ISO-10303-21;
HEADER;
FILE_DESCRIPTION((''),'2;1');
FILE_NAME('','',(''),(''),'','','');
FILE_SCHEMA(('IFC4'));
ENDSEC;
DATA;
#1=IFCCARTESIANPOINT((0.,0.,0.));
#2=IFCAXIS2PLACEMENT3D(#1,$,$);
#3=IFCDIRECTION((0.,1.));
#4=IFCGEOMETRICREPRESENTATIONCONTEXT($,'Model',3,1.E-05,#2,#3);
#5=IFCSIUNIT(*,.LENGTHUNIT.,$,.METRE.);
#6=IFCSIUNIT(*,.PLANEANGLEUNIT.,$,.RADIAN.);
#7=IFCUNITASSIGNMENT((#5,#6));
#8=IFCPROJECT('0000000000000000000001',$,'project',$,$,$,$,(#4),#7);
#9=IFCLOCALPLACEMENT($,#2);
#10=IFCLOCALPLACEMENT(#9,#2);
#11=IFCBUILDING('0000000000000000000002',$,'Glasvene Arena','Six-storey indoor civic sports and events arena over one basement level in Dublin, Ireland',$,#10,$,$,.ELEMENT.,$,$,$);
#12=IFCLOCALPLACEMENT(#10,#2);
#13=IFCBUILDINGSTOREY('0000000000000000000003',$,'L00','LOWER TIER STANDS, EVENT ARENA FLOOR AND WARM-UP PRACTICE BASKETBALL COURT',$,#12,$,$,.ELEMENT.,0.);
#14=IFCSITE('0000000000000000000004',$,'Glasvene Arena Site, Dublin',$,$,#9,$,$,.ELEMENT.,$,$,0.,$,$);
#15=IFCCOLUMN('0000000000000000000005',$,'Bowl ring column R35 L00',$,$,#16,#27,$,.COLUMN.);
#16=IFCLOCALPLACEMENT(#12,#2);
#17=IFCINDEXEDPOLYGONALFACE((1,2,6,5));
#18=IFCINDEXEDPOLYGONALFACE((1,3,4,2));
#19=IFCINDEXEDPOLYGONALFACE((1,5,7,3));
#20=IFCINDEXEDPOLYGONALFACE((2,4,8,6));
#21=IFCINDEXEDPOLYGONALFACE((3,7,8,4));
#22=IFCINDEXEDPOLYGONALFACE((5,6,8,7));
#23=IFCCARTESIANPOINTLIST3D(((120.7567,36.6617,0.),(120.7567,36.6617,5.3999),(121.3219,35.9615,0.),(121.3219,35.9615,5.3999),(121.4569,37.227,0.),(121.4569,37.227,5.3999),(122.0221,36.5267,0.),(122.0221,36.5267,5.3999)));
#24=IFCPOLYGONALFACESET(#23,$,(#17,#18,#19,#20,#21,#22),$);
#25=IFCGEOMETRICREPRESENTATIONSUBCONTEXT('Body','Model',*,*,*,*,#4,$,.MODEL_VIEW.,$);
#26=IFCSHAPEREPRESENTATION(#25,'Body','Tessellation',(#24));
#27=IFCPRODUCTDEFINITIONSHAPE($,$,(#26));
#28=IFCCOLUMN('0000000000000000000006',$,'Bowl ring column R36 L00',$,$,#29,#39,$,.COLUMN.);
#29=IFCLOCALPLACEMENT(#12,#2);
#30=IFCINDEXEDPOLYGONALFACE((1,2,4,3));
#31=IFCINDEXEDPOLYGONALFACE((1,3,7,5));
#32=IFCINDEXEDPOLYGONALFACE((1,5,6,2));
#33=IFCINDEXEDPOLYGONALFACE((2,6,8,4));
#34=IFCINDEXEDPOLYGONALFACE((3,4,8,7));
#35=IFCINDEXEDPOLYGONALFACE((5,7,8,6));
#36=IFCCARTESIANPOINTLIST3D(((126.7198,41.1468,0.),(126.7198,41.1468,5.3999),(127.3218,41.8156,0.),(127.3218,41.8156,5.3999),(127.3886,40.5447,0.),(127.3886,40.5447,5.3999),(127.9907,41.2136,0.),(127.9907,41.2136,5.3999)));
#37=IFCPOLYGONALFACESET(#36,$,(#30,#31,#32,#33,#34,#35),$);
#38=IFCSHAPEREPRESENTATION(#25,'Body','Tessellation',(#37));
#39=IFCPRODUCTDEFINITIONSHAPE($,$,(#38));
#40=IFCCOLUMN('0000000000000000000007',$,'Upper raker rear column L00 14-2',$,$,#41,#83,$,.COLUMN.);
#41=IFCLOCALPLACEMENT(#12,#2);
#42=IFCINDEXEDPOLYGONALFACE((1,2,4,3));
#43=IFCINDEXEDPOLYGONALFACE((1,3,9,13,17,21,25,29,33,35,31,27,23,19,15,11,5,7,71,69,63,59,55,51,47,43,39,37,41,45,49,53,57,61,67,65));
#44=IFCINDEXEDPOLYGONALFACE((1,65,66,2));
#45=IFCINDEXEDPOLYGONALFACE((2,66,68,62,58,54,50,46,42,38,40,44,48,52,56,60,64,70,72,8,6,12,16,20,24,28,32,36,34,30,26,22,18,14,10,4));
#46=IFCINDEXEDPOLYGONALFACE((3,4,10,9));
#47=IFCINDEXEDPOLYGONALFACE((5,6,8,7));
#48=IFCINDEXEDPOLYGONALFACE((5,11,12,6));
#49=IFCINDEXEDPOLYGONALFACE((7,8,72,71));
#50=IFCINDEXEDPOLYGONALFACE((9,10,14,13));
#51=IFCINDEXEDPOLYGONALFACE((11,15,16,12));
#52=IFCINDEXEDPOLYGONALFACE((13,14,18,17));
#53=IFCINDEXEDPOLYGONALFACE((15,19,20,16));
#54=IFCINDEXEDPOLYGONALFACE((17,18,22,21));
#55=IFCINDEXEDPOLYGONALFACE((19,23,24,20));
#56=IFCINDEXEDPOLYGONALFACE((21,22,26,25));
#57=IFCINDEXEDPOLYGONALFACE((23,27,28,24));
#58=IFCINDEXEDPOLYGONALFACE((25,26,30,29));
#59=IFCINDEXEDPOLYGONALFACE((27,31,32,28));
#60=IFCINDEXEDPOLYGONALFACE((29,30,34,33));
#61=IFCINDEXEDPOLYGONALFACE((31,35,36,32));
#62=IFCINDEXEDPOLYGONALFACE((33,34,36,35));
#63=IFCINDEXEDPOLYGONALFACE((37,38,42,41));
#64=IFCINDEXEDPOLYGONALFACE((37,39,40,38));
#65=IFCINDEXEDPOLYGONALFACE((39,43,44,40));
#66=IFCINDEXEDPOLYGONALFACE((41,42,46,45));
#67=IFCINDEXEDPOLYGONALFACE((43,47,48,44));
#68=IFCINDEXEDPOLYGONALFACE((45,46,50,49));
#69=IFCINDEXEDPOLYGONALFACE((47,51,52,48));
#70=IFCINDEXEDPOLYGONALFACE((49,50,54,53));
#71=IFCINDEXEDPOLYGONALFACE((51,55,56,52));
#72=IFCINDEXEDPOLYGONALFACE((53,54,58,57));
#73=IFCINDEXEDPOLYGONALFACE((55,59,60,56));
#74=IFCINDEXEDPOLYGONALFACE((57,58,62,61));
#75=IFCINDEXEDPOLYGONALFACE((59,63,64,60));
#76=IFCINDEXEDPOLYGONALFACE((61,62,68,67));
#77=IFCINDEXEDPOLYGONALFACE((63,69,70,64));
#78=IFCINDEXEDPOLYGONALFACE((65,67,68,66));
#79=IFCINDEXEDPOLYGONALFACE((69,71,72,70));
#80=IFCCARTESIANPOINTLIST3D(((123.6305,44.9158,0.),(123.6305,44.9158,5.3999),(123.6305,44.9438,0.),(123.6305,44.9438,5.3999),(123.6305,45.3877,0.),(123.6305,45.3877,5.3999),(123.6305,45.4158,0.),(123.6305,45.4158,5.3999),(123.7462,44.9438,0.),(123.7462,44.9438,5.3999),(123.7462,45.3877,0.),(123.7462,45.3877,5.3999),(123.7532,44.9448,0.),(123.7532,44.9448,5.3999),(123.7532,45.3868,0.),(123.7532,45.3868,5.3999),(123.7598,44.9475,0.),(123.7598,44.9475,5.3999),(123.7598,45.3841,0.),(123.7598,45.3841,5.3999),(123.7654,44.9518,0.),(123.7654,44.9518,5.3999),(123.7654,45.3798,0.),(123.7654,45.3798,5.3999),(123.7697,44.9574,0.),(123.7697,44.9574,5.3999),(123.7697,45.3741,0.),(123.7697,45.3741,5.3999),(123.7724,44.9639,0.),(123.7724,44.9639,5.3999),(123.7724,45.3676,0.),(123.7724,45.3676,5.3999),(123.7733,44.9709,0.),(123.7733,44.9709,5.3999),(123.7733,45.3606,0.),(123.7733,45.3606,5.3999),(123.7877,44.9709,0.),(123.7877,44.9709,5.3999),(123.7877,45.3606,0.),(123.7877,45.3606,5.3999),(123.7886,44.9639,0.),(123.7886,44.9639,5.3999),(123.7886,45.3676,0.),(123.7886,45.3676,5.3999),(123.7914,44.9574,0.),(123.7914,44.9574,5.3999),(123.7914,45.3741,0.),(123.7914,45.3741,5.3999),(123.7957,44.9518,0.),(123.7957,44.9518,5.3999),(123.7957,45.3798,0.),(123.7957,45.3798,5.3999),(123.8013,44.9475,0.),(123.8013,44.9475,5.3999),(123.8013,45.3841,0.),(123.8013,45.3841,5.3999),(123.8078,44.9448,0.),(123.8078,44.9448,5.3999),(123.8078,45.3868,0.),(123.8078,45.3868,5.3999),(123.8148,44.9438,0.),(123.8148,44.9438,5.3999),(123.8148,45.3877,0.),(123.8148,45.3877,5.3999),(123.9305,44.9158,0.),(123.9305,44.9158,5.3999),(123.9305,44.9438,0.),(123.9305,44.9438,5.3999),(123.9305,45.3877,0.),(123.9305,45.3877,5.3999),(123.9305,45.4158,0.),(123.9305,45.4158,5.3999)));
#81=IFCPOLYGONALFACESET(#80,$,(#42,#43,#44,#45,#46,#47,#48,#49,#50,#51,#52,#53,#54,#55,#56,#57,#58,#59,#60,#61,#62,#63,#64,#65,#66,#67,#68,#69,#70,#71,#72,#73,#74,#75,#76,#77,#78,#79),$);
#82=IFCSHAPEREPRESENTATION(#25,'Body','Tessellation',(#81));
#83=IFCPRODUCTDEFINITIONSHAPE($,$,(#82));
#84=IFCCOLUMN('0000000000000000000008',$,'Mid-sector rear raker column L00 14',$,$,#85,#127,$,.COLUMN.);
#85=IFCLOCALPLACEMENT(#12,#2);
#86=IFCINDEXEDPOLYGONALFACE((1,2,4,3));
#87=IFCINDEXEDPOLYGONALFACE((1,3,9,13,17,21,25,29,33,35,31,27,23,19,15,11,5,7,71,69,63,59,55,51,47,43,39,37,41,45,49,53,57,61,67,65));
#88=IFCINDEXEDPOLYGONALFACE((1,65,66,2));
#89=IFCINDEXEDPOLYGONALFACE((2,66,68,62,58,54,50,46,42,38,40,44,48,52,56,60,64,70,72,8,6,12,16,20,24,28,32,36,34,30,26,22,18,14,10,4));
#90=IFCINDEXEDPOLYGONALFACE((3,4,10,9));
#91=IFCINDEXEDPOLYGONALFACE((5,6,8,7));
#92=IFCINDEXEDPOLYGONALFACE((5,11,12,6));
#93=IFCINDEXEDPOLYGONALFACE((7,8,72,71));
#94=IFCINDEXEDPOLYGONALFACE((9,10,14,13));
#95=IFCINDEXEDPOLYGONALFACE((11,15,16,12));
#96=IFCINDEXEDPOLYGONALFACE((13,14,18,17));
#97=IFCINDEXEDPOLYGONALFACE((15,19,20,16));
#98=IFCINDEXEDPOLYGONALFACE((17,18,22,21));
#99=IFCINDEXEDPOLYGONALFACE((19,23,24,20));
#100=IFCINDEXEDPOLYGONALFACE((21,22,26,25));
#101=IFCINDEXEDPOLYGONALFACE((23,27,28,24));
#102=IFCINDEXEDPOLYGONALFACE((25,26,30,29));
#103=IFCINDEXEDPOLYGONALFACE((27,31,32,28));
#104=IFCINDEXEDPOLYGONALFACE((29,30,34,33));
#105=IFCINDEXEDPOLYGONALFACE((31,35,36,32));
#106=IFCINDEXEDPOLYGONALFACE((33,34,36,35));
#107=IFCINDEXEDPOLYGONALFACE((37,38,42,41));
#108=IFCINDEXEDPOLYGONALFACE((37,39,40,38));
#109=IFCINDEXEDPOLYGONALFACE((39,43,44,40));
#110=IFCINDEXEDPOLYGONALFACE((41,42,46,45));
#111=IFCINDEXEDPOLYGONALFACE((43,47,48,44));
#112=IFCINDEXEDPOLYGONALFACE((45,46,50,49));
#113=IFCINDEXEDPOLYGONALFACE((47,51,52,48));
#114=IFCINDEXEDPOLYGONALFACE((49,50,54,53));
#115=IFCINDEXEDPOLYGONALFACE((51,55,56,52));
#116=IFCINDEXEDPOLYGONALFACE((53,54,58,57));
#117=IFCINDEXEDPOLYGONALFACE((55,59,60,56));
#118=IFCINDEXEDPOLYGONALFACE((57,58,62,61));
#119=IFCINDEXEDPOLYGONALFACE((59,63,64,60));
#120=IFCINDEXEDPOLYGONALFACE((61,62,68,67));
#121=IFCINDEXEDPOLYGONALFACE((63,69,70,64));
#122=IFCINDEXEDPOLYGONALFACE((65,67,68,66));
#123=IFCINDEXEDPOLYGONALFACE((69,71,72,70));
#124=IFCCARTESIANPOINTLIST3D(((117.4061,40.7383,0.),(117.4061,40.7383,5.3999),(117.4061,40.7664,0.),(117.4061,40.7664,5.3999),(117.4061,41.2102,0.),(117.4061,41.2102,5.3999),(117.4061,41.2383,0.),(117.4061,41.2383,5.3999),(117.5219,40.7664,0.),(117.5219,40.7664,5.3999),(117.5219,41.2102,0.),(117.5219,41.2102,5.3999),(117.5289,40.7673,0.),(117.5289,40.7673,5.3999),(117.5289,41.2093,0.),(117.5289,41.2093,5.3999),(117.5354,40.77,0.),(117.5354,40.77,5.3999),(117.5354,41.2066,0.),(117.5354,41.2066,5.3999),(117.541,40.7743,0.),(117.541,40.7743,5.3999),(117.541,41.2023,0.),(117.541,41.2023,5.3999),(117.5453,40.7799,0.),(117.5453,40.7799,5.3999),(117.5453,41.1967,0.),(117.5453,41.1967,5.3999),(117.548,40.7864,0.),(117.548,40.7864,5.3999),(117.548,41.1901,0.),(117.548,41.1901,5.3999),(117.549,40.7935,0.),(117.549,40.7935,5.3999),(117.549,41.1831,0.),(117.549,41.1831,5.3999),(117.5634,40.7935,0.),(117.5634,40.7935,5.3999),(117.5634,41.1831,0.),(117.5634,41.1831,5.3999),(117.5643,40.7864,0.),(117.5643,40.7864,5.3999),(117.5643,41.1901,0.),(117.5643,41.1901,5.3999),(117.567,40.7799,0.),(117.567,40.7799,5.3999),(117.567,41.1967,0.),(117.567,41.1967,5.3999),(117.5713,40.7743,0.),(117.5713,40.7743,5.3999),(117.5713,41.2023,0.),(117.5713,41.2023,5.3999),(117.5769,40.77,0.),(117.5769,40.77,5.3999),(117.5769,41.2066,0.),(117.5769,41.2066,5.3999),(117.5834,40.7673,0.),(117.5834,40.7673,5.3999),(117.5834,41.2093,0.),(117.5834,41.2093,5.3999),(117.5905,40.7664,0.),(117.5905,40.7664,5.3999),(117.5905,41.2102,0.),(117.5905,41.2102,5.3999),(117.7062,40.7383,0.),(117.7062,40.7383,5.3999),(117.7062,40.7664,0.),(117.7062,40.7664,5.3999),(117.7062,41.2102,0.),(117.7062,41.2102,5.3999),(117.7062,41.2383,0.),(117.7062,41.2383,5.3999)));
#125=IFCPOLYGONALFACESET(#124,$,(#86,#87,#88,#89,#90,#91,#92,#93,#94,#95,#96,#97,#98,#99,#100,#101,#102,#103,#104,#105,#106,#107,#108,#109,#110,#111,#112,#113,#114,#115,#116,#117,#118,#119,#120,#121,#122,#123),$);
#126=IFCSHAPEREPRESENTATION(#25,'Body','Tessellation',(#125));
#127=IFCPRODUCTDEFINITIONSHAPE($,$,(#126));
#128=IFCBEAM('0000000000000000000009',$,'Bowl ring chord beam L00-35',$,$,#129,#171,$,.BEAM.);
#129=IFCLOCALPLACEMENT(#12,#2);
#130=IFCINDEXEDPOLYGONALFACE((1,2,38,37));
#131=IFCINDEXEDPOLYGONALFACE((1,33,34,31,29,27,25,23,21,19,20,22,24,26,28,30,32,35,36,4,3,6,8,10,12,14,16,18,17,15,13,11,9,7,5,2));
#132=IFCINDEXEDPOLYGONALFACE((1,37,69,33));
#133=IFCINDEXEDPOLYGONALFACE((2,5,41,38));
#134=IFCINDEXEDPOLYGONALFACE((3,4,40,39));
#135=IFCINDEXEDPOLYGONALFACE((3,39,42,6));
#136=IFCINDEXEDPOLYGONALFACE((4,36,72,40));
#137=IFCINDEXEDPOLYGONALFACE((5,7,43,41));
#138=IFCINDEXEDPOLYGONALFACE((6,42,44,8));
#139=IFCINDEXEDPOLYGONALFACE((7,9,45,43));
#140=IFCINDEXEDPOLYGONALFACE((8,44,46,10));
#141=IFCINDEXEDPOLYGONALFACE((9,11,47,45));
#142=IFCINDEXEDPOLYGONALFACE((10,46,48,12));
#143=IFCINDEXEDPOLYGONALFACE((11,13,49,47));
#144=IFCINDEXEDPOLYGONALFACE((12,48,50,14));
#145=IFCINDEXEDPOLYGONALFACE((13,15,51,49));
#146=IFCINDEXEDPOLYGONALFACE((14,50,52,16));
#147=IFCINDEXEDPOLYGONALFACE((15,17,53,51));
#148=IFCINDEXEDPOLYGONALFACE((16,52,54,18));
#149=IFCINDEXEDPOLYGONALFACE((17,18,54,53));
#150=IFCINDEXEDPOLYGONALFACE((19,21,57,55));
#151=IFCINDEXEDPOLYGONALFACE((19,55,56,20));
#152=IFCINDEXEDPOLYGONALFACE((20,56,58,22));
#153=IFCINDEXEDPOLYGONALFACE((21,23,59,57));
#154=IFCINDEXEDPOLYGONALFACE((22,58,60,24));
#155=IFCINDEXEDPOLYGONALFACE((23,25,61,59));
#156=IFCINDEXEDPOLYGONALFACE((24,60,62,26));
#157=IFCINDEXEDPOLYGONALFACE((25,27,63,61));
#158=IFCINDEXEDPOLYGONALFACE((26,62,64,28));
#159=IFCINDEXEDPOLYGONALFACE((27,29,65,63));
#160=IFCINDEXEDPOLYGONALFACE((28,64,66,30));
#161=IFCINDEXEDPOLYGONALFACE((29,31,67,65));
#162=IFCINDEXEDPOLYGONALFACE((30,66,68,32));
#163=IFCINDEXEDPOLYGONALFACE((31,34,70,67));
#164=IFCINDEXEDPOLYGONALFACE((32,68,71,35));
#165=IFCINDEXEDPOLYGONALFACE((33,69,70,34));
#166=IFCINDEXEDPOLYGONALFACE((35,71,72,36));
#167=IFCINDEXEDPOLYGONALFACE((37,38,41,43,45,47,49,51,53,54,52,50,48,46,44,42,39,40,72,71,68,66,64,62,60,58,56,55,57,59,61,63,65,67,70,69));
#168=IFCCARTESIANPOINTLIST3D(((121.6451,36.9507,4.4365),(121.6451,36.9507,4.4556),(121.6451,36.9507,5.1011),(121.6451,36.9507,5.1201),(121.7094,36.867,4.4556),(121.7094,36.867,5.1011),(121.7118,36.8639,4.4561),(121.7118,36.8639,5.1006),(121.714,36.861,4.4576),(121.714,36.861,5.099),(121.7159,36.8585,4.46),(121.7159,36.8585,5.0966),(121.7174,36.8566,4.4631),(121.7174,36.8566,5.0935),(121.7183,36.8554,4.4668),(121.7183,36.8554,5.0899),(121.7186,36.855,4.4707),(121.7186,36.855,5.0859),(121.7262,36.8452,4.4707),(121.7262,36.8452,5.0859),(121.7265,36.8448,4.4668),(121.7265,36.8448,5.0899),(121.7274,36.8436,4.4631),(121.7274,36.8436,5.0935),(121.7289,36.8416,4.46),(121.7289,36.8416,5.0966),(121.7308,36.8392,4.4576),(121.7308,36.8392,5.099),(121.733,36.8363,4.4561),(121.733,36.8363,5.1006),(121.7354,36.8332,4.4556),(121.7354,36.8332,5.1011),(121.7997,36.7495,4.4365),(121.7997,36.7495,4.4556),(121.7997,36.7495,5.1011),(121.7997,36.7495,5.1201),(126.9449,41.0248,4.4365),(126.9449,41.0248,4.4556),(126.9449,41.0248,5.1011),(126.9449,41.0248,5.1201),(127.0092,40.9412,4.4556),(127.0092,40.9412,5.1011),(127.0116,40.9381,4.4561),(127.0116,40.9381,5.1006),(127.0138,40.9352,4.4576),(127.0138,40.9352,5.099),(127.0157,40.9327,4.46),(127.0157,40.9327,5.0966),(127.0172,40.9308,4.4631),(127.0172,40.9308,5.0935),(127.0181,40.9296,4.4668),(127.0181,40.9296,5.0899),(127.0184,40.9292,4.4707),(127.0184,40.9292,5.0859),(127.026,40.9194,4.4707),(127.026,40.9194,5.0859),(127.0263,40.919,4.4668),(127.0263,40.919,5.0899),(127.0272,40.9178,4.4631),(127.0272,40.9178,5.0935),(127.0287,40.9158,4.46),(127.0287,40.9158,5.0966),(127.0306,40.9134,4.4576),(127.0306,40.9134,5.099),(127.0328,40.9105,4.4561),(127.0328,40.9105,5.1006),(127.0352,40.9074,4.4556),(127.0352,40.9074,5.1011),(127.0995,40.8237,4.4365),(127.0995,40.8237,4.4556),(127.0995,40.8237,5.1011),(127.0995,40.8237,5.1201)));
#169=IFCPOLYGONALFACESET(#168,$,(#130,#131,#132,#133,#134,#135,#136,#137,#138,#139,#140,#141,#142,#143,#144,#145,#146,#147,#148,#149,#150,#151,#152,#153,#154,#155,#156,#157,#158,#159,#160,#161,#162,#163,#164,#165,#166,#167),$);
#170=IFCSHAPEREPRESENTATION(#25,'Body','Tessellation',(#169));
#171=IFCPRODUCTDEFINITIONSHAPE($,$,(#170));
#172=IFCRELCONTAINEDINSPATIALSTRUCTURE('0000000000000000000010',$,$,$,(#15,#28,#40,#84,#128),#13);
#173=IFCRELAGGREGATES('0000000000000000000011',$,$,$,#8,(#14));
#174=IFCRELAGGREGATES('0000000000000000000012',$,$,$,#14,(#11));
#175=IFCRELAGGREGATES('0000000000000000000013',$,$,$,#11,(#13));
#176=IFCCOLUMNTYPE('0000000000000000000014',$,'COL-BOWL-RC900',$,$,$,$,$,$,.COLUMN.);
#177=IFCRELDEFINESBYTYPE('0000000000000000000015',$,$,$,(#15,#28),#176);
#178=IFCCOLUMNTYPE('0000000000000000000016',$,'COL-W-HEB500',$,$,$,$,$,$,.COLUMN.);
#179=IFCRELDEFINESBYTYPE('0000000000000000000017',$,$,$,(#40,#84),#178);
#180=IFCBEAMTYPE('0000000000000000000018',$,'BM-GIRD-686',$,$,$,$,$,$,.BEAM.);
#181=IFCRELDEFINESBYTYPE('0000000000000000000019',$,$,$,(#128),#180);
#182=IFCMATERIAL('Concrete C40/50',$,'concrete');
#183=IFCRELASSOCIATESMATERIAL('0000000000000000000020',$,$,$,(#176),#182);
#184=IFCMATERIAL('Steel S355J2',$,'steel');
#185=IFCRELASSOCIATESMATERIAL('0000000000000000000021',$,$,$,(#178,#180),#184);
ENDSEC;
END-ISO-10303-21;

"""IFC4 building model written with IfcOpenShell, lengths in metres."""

from ifc_helpers import new_model, si_unit, direction, frame, origin, origin_2d, place, context, subcontext, project, spatial, rectangle, i_section, extrude, material, material_profile, profile_set, type_object, element, save


model = new_model("IFC4")

# Units and contexts
model_context = context("Model", 3, precision=1e-05, world=origin(), true_north=direction((0.0, 1.0)))
body_context = subcontext(model_context, "Body", "Model", "MODEL_VIEW")
ifc_project = project(units=[si_unit("LENGTHUNIT", "METRE"), si_unit("PLANEANGLEUNIT", "RADIAN")], contexts=[model_context])

# Site, building, storey
site_placement = place(None, origin())
site = spatial("IfcSite", under=ifc_project, at=site_placement, Name="Glasvene Arena Site, Dublin", CompositionType="ELEMENT", RefElevation=0.0)
building_placement = place(site_placement, origin())
building = spatial("IfcBuilding", under=site, at=building_placement, Name="Glasvene Arena", Description="Six-storey indoor civic sports and events arena over one basement level in Dublin, Ireland", CompositionType="ELEMENT")
storey_placement = place(building_placement, origin())
storey = spatial("IfcBuildingStorey", under=building, at=storey_placement, Name="L00", Description="LOWER TIER STANDS, EVENT ARENA FLOOR AND WARM-UP PRACTICE BASKETBALL COURT", CompositionType="ELEMENT", Elevation=0.0)

# Columns
ifc_material_1 = material(Name="Concrete C40/50", Category="concrete")
ifc_material_profile_1 = material_profile(ifc_material_1, rectangle(XDim=0.8999, YDim=0.8999, at=origin_2d()), Name="RC 900x900")
ifc_profile_set_1 = profile_set([ifc_material_profile_1], Name="Concrete C40/50")
column_type_1 = type_object("IfcColumnType", Name="COL-BOWL-RC900", PredefinedType="COLUMN", material=ifc_profile_set_1)
for number, where, z_axis, x_axis, name in (
    (1, (121.3894, 36.5942, 0.0), (0.0, 0.0, 1.0), (0.628099, -0.778134, 0.0), "Bowl ring column R35 L00"),
    (2, (127.3552, 41.1802, 0.0), (0.0, 0.0, 1.0), (0.743262, -0.669001, 0.0), "Bowl ring column R36 L00"),
):
    element("IfcColumn", number, at=place(storey_placement, frame(where, z_axis=z_axis, x_axis=x_axis)), inside=storey, type_object=column_type_1, Name=name, PredefinedType="COLUMN", context=body_context, shape_type="SweptSolid", body=[
        extrude(rectangle(XDim=0.8999, YDim=0.8999, at=origin_2d()), origin(), (0.0, 0.0, 1.0), 5.3999),
    ])
ifc_material_2 = material(Name="Steel S355J2", Category="steel")
ifc_material_profile_2 = material_profile(ifc_material_2, i_section(OverallWidth=0.3, OverallDepth=0.5, WebThickness=0.0144, FlangeThickness=0.0281, FilletRadius=0.0271, at=origin_2d()), Name="HEB 500")
ifc_profile_set_2 = profile_set([ifc_material_profile_2], Name="Steel S355J2")
column_type_2 = type_object("IfcColumnType", Name="COL-W-HEB500", PredefinedType="COLUMN", material=ifc_profile_set_2)
for number, where, z_axis, x_axis, name in (
    (3, (123.7805, 45.1658, 0.0), (0.0, 0.0, 1.0), (1.0, 0.0, 0.0), "Upper raker rear column L00 14-2"),
    (4, (117.5562, 40.9883, 0.0), (0.0, 0.0, 1.0), (1.0, 0.0, 0.0), "Mid-sector rear raker column L00 14"),
):
    element("IfcColumn", number, at=place(storey_placement, frame(where, z_axis=z_axis, x_axis=x_axis)), inside=storey, type_object=column_type_2, Name=name, PredefinedType="COLUMN", context=body_context, shape_type="SweptSolid", body=[
        extrude(i_section(OverallWidth=0.3, OverallDepth=0.5, WebThickness=0.0144, FlangeThickness=0.0281, FilletRadius=0.0271, at=origin_2d()), origin(), (0.0, 0.0, 1.0), 5.3999),
    ])

# Beam
ifc_material_profile_3 = material_profile(ifc_material_2, i_section(OverallWidth=0.2537, OverallDepth=0.6836, WebThickness=0.0125, FlangeThickness=0.019, FilletRadius=0.0151, at=origin_2d()), Name="UKB 686x254x140")
ifc_profile_set_3 = profile_set([ifc_material_profile_3], Name="Steel S355J2")
beam_type = type_object("IfcBeamType", Name="BM-GIRD-686", PredefinedType="BEAM", material=ifc_profile_set_3)
beam_1_placement = place(storey_placement, frame((121.7224, 36.8501, 4.7783), z_axis=(0.792809, 0.609471, 0.0), x_axis=(-0.609471, 0.792809, 0.0)))
element("IfcBeam", 5, at=beam_1_placement, inside=storey, type_object=beam_type, Name="Bowl ring chord beam L00-35", PredefinedType="BEAM", context=body_context, shape_type="SweptSolid", body=[
    extrude(i_section(OverallWidth=0.2537, OverallDepth=0.6836, WebThickness=0.0125, FlangeThickness=0.019, FilletRadius=0.0151, at=origin_2d()), origin(), (0.0, 0.0, 1.0), 6.6848),
])

save(model, "model.ifc")
